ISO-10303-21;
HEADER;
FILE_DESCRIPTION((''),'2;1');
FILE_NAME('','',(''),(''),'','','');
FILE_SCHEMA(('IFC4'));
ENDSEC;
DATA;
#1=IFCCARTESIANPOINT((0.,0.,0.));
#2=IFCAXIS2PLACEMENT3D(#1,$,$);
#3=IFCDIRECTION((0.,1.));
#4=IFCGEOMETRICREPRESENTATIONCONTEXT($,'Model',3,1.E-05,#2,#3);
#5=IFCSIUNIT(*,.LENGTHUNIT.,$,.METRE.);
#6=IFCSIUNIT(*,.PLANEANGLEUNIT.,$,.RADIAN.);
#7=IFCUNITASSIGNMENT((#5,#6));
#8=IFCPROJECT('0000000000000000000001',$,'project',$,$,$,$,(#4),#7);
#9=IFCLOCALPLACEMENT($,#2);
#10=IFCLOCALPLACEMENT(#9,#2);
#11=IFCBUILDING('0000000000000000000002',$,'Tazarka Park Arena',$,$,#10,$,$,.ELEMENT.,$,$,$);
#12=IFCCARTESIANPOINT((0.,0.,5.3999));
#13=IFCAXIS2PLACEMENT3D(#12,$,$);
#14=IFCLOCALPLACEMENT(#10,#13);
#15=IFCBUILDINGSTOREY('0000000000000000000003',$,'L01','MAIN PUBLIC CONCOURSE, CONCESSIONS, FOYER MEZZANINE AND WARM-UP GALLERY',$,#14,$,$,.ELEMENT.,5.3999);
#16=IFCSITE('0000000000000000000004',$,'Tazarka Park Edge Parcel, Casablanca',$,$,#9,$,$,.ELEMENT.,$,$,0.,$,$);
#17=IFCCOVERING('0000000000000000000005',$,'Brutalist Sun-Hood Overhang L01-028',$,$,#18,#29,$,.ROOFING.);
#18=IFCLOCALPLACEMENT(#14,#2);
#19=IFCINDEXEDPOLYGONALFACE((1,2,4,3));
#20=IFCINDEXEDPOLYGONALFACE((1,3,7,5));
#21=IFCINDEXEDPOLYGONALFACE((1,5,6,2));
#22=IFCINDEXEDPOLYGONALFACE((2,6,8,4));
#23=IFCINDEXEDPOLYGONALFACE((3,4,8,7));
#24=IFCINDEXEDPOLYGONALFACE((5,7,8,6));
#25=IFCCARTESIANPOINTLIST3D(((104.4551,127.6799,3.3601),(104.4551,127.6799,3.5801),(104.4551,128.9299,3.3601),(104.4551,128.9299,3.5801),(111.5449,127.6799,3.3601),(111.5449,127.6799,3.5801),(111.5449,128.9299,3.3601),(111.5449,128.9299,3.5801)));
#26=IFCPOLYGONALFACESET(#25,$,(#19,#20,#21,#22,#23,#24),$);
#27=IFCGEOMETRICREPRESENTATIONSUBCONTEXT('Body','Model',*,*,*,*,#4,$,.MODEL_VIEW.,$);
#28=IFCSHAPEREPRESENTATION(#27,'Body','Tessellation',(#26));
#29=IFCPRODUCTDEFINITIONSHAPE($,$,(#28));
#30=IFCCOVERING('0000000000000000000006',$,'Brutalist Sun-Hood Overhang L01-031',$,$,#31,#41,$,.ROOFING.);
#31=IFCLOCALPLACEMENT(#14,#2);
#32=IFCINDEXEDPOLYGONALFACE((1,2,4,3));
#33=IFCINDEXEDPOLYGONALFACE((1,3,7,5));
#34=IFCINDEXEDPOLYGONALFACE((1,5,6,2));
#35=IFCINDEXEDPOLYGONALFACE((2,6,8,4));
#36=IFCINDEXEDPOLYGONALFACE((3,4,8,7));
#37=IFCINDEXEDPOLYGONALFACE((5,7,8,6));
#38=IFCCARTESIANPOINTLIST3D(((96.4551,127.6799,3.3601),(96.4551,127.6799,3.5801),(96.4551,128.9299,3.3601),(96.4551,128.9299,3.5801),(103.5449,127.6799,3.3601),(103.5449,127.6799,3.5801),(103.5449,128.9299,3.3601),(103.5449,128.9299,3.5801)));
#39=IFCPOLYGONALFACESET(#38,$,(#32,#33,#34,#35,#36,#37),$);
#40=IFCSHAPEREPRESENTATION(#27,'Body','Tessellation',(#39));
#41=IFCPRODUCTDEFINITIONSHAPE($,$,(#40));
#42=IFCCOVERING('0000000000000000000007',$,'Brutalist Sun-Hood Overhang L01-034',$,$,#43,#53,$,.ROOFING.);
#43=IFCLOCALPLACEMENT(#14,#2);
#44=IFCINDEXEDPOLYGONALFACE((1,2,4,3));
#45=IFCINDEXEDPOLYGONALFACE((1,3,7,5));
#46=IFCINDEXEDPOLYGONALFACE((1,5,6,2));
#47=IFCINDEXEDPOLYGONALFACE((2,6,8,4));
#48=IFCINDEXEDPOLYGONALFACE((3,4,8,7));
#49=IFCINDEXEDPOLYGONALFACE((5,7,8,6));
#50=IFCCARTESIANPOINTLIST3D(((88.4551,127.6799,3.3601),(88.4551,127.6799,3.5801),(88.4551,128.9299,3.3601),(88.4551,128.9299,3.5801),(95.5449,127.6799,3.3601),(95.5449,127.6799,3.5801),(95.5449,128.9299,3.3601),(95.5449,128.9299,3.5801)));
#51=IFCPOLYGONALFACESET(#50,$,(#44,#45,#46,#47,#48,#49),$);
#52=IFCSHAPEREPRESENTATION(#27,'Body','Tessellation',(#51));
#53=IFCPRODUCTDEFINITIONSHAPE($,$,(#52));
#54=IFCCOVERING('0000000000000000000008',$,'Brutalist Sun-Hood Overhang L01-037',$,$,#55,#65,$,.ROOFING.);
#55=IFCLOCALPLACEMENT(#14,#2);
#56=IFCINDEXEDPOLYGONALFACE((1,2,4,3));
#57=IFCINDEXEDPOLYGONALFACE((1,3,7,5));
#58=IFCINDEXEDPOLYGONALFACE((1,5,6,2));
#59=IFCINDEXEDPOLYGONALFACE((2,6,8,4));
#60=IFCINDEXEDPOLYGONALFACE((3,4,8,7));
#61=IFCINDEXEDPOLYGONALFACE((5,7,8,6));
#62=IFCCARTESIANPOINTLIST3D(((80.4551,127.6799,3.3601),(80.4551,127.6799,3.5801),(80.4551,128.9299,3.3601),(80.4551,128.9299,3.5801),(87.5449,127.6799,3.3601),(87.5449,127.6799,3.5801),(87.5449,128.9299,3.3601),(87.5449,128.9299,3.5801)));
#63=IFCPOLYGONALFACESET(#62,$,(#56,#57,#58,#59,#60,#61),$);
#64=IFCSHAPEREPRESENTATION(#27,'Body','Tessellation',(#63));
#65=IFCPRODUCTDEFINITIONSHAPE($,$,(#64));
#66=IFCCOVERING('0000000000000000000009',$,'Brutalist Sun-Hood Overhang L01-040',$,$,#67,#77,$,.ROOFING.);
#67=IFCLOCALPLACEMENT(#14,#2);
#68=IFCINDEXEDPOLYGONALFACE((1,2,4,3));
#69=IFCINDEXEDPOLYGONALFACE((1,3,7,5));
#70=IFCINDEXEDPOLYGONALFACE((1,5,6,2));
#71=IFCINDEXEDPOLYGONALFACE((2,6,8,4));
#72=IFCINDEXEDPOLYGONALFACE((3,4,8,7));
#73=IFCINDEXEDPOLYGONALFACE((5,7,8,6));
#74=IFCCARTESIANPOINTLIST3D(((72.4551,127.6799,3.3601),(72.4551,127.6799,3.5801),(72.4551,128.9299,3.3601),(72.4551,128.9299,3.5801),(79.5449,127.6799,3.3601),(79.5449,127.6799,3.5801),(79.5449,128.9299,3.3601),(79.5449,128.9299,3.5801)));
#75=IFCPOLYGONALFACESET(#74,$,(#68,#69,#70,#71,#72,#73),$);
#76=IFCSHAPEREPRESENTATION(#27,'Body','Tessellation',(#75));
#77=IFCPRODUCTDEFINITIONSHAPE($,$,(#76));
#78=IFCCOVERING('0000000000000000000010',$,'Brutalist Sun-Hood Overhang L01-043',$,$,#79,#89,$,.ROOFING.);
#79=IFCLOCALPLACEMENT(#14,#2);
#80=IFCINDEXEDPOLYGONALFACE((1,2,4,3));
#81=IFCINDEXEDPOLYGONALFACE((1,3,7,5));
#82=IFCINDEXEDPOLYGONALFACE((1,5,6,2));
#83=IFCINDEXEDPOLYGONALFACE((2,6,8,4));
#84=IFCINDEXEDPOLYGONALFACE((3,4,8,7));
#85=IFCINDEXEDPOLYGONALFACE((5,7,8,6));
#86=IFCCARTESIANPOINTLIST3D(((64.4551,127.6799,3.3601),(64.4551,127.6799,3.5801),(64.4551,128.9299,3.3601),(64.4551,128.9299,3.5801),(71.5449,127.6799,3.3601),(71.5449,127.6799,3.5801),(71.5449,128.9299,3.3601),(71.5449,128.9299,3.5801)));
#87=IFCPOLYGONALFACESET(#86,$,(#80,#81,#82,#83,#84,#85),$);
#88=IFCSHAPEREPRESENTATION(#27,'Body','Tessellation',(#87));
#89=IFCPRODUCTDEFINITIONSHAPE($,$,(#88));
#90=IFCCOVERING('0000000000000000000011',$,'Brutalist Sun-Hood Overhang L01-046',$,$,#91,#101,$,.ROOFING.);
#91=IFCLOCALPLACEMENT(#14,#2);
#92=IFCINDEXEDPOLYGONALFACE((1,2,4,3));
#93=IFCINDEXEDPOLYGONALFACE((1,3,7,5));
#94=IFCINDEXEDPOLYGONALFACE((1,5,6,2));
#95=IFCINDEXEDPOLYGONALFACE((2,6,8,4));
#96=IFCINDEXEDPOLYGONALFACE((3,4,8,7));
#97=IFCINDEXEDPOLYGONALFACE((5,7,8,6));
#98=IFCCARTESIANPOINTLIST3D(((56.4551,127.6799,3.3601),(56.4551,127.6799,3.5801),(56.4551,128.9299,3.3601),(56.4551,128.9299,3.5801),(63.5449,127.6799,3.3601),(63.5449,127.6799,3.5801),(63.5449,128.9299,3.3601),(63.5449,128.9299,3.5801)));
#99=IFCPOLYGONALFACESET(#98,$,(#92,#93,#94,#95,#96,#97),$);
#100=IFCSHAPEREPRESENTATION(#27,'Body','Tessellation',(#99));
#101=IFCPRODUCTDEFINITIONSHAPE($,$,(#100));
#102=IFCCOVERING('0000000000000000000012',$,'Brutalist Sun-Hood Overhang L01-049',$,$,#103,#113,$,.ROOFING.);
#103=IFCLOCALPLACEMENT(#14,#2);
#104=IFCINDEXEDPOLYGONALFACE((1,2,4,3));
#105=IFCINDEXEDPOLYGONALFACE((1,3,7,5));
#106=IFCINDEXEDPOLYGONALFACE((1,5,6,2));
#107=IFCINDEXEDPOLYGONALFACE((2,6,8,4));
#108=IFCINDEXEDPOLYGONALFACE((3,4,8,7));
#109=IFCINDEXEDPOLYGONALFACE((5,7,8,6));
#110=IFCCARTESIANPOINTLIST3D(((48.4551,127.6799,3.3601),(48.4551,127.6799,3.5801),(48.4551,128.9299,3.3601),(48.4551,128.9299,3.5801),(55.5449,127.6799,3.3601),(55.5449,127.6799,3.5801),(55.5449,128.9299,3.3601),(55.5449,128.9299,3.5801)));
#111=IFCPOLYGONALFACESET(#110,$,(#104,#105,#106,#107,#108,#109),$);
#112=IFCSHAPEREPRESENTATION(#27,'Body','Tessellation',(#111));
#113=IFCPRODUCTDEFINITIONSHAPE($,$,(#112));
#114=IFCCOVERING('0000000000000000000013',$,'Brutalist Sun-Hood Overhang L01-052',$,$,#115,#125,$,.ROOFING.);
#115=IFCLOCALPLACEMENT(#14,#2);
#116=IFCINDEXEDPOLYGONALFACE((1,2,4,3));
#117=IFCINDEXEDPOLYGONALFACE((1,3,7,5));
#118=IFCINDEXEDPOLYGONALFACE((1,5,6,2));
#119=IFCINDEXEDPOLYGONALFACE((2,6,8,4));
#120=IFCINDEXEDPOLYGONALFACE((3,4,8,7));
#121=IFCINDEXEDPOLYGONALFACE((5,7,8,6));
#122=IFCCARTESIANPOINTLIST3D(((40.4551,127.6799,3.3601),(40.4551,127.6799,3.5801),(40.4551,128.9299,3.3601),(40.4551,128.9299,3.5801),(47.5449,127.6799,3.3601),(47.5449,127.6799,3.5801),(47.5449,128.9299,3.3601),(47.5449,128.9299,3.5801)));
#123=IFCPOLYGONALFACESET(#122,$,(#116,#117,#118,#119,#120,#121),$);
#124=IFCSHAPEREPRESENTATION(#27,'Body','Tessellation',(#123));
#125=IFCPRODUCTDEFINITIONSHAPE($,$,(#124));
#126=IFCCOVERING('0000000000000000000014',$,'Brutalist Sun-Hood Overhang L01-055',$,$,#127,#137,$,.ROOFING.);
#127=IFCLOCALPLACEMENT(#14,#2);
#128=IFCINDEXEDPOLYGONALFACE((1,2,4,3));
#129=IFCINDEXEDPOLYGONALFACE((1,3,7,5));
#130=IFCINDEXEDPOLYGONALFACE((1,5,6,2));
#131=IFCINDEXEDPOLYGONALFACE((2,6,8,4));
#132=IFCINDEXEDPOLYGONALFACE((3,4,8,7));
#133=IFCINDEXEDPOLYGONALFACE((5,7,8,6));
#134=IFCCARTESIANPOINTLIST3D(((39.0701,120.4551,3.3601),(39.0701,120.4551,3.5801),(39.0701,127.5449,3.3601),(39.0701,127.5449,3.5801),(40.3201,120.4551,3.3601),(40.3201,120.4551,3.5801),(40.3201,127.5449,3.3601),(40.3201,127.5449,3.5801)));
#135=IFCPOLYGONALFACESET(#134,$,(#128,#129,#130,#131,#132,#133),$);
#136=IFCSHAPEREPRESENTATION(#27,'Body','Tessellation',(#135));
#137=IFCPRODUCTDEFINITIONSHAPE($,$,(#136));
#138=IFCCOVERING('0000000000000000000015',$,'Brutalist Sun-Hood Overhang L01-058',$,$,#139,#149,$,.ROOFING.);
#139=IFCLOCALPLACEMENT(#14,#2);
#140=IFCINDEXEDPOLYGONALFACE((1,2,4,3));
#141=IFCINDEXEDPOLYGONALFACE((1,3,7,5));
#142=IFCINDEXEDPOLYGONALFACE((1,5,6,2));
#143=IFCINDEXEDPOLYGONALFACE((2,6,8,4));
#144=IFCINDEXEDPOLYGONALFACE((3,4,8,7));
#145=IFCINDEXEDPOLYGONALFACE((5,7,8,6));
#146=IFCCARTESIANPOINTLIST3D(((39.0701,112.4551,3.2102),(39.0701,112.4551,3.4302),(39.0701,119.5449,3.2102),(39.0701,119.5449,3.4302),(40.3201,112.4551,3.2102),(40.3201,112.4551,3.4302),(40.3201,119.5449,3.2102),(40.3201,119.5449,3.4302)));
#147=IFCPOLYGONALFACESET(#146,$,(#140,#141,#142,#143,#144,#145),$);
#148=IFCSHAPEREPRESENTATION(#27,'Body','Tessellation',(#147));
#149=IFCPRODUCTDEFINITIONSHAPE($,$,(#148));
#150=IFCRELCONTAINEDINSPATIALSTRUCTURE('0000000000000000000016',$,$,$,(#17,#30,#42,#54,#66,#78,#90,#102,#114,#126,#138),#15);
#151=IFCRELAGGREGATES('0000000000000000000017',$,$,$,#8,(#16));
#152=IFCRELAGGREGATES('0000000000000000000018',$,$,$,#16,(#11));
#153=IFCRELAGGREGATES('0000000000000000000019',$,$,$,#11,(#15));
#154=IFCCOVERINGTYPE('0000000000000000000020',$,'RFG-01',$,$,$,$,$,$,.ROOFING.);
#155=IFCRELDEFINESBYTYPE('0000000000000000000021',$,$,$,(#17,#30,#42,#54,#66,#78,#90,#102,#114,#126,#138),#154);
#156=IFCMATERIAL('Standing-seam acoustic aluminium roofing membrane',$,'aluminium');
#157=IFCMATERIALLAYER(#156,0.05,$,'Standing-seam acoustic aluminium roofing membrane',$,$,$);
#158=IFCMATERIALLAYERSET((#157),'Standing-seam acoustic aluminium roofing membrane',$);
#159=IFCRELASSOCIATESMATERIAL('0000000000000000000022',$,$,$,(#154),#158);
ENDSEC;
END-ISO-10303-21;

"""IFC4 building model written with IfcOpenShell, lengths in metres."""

from ifc_helpers import new_model, si_unit, direction, frame, origin, place, context, subcontext, project, spatial, polyline, outline, extrude, material, layer, layer_set, type_object, element, save


model = new_model("IFC4")

# Units and contexts
model_context = context("Model", 3, precision=1e-05, world=origin(), true_north=direction((0.0, 1.0)))
body_context = subcontext(model_context, "Body", "Model", "MODEL_VIEW")
ifc_project = project(units=[si_unit("LENGTHUNIT", "METRE"), si_unit("PLANEANGLEUNIT", "RADIAN")], contexts=[model_context])

# Site, building, storey
site_placement = place(None, origin())
site = spatial("IfcSite", under=ifc_project, at=site_placement, Name="Tazarka Park Edge Parcel, Casablanca", CompositionType="ELEMENT", RefElevation=0.0)
building_placement = place(site_placement, origin())
building = spatial("IfcBuilding", under=site, at=building_placement, Name="Tazarka Park Arena", CompositionType="ELEMENT")
storey_placement = place(building_placement, frame((0.0, 0.0, 5.3999)))
storey = spatial("IfcBuildingStorey", under=building, at=storey_placement, Name="L01", Description="MAIN PUBLIC CONCOURSE, CONCESSIONS, FOYER MEZZANINE AND WARM-UP GALLERY", CompositionType="ELEMENT", Elevation=5.3999)

# Coverings
ifc_material_1 = material(Name="Standing-seam acoustic aluminium roofing membrane", Category="aluminium")
ifc_layer_1 = layer(ifc_material_1, 0.05, Name="Standing-seam acoustic aluminium roofing membrane")
ifc_layer_set_1 = layer_set([ifc_layer_1], Name="Standing-seam acoustic aluminium roofing membrane")
covering_type = type_object("IfcCoveringType", Name="RFG-01", PredefinedType="ROOFING", material=ifc_layer_set_1)
covering_1_placement = place(storey_placement, frame((0.0, 0.0, 3.3601)))
element("IfcCovering", 1, at=covering_1_placement, inside=storey, type_object=covering_type, Name="Brutalist Sun-Hood Overhang L01-028", PredefinedType="ROOFING", context=body_context, shape_type="SweptSolid", body=[
    extrude(outline(polyline([(104.4551, 127.6799), (111.5449, 127.6799), (111.5449, 128.9299), (104.4551, 128.9299), (104.4551, 127.6799)])), origin(), (0.0, 0.0, 1.0), 0.22),
])
covering_2_placement = place(storey_placement, frame((0.0, 0.0, 3.3601)))
element("IfcCovering", 2, at=covering_2_placement, inside=storey, type_object=covering_type, Name="Brutalist Sun-Hood Overhang L01-031", PredefinedType="ROOFING", context=body_context, shape_type="SweptSolid", body=[
    extrude(outline(polyline([(96.4551, 127.6799), (103.5449, 127.6799), (103.5449, 128.9299), (96.4551, 128.9299), (96.4551, 127.6799)])), origin(), (0.0, 0.0, 1.0), 0.22),
])
covering_3_placement = place(storey_placement, frame((0.0, 0.0, 3.3601)))
element("IfcCovering", 3, at=covering_3_placement, inside=storey, type_object=covering_type, Name="Brutalist Sun-Hood Overhang L01-034", PredefinedType="ROOFING", context=body_context, shape_type="SweptSolid", body=[
    extrude(outline(polyline([(88.4551, 127.6799), (95.5449, 127.6799), (95.5449, 128.9299), (88.4551, 128.9299), (88.4551, 127.6799)])), origin(), (0.0, 0.0, 1.0), 0.22),
])
covering_4_placement = place(storey_placement, frame((0.0, 0.0, 3.3601)))
element("IfcCovering", 4, at=covering_4_placement, inside=storey, type_object=covering_type, Name="Brutalist Sun-Hood Overhang L01-037", PredefinedType="ROOFING", context=body_context, shape_type="SweptSolid", body=[
    extrude(outline(polyline([(80.4551, 127.6799), (87.5449, 127.6799), (87.5449, 128.9299), (80.4551, 128.9299), (80.4551, 127.6799)])), origin(), (0.0, 0.0, 1.0), 0.22),
])
covering_5_placement = place(storey_placement, frame((0.0, 0.0, 3.3601)))
element("IfcCovering", 5, at=covering_5_placement, inside=storey, type_object=covering_type, Name="Brutalist Sun-Hood Overhang L01-040", PredefinedType="ROOFING", context=body_context, shape_type="SweptSolid", body=[
    extrude(outline(polyline([(72.4551, 127.6799), (79.5449, 127.6799), (79.5449, 128.9299), (72.4551, 128.9299), (72.4551, 127.6799)])), origin(), (0.0, 0.0, 1.0), 0.22),
])
covering_6_placement = place(storey_placement, frame((0.0, 0.0, 3.3601)))
element("IfcCovering", 6, at=covering_6_placement, inside=storey, type_object=covering_type, Name="Brutalist Sun-Hood Overhang L01-043", PredefinedType="ROOFING", context=body_context, shape_type="SweptSolid", body=[
    extrude(outline(polyline([(64.4551, 127.6799), (71.5449, 127.6799), (71.5449, 128.9299), (64.4551, 128.9299), (64.4551, 127.6799)])), origin(), (0.0, 0.0, 1.0), 0.22),
])
covering_7_placement = place(storey_placement, frame((0.0, 0.0, 3.3601)))
element("IfcCovering", 7, at=covering_7_placement, inside=storey, type_object=covering_type, Name="Brutalist Sun-Hood Overhang L01-046", PredefinedType="ROOFING", context=body_context, shape_type="SweptSolid", body=[
    extrude(outline(polyline([(56.4551, 127.6799), (63.5449, 127.6799), (63.5449, 128.9299), (56.4551, 128.9299), (56.4551, 127.6799)])), origin(), (0.0, 0.0, 1.0), 0.22),
])
covering_8_placement = place(storey_placement, frame((0.0, 0.0, 3.3601)))
element("IfcCovering", 8, at=covering_8_placement, inside=storey, type_object=covering_type, Name="Brutalist Sun-Hood Overhang L01-049", PredefinedType="ROOFING", context=body_context, shape_type="SweptSolid", body=[
    extrude(outline(polyline([(48.4551, 127.6799), (55.5449, 127.6799), (55.5449, 128.9299), (48.4551, 128.9299), (48.4551, 127.6799)])), origin(), (0.0, 0.0, 1.0), 0.22),
])
covering_9_placement = place(storey_placement, frame((0.0, 0.0, 3.3601)))
element("IfcCovering", 9, at=covering_9_placement, inside=storey, type_object=covering_type, Name="Brutalist Sun-Hood Overhang L01-052", PredefinedType="ROOFING", context=body_context, shape_type="SweptSolid", body=[
    extrude(outline(polyline([(40.4551, 127.6799), (47.5449, 127.6799), (47.5449, 128.9299), (40.4551, 128.9299), (40.4551, 127.6799)])), origin(), (0.0, 0.0, 1.0), 0.22),
])
covering_10_placement = place(storey_placement, frame((0.0, 0.0, 3.3601)))
element("IfcCovering", 10, at=covering_10_placement, inside=storey, type_object=covering_type, Name="Brutalist Sun-Hood Overhang L01-055", PredefinedType="ROOFING", context=body_context, shape_type="SweptSolid", body=[
    extrude(outline(polyline([(40.3201, 120.4551), (40.3201, 127.5449), (39.0701, 127.5449), (39.0701, 120.4551), (40.3201, 120.4551)])), origin(), (0.0, 0.0, 1.0), 0.22),
])
covering_11_placement = place(storey_placement, frame((0.0, 0.0, 3.2102)))
element("IfcCovering", 11, at=covering_11_placement, inside=storey, type_object=covering_type, Name="Brutalist Sun-Hood Overhang L01-058", PredefinedType="ROOFING", context=body_context, shape_type="SweptSolid", body=[
    extrude(outline(polyline([(40.3201, 112.4551), (40.3201, 119.5449), (39.0701, 119.5449), (39.0701, 112.4551), (40.3201, 112.4551)])), origin(), (0.0, 0.0, 1.0), 0.22),
])

save(model, "model.ifc")
